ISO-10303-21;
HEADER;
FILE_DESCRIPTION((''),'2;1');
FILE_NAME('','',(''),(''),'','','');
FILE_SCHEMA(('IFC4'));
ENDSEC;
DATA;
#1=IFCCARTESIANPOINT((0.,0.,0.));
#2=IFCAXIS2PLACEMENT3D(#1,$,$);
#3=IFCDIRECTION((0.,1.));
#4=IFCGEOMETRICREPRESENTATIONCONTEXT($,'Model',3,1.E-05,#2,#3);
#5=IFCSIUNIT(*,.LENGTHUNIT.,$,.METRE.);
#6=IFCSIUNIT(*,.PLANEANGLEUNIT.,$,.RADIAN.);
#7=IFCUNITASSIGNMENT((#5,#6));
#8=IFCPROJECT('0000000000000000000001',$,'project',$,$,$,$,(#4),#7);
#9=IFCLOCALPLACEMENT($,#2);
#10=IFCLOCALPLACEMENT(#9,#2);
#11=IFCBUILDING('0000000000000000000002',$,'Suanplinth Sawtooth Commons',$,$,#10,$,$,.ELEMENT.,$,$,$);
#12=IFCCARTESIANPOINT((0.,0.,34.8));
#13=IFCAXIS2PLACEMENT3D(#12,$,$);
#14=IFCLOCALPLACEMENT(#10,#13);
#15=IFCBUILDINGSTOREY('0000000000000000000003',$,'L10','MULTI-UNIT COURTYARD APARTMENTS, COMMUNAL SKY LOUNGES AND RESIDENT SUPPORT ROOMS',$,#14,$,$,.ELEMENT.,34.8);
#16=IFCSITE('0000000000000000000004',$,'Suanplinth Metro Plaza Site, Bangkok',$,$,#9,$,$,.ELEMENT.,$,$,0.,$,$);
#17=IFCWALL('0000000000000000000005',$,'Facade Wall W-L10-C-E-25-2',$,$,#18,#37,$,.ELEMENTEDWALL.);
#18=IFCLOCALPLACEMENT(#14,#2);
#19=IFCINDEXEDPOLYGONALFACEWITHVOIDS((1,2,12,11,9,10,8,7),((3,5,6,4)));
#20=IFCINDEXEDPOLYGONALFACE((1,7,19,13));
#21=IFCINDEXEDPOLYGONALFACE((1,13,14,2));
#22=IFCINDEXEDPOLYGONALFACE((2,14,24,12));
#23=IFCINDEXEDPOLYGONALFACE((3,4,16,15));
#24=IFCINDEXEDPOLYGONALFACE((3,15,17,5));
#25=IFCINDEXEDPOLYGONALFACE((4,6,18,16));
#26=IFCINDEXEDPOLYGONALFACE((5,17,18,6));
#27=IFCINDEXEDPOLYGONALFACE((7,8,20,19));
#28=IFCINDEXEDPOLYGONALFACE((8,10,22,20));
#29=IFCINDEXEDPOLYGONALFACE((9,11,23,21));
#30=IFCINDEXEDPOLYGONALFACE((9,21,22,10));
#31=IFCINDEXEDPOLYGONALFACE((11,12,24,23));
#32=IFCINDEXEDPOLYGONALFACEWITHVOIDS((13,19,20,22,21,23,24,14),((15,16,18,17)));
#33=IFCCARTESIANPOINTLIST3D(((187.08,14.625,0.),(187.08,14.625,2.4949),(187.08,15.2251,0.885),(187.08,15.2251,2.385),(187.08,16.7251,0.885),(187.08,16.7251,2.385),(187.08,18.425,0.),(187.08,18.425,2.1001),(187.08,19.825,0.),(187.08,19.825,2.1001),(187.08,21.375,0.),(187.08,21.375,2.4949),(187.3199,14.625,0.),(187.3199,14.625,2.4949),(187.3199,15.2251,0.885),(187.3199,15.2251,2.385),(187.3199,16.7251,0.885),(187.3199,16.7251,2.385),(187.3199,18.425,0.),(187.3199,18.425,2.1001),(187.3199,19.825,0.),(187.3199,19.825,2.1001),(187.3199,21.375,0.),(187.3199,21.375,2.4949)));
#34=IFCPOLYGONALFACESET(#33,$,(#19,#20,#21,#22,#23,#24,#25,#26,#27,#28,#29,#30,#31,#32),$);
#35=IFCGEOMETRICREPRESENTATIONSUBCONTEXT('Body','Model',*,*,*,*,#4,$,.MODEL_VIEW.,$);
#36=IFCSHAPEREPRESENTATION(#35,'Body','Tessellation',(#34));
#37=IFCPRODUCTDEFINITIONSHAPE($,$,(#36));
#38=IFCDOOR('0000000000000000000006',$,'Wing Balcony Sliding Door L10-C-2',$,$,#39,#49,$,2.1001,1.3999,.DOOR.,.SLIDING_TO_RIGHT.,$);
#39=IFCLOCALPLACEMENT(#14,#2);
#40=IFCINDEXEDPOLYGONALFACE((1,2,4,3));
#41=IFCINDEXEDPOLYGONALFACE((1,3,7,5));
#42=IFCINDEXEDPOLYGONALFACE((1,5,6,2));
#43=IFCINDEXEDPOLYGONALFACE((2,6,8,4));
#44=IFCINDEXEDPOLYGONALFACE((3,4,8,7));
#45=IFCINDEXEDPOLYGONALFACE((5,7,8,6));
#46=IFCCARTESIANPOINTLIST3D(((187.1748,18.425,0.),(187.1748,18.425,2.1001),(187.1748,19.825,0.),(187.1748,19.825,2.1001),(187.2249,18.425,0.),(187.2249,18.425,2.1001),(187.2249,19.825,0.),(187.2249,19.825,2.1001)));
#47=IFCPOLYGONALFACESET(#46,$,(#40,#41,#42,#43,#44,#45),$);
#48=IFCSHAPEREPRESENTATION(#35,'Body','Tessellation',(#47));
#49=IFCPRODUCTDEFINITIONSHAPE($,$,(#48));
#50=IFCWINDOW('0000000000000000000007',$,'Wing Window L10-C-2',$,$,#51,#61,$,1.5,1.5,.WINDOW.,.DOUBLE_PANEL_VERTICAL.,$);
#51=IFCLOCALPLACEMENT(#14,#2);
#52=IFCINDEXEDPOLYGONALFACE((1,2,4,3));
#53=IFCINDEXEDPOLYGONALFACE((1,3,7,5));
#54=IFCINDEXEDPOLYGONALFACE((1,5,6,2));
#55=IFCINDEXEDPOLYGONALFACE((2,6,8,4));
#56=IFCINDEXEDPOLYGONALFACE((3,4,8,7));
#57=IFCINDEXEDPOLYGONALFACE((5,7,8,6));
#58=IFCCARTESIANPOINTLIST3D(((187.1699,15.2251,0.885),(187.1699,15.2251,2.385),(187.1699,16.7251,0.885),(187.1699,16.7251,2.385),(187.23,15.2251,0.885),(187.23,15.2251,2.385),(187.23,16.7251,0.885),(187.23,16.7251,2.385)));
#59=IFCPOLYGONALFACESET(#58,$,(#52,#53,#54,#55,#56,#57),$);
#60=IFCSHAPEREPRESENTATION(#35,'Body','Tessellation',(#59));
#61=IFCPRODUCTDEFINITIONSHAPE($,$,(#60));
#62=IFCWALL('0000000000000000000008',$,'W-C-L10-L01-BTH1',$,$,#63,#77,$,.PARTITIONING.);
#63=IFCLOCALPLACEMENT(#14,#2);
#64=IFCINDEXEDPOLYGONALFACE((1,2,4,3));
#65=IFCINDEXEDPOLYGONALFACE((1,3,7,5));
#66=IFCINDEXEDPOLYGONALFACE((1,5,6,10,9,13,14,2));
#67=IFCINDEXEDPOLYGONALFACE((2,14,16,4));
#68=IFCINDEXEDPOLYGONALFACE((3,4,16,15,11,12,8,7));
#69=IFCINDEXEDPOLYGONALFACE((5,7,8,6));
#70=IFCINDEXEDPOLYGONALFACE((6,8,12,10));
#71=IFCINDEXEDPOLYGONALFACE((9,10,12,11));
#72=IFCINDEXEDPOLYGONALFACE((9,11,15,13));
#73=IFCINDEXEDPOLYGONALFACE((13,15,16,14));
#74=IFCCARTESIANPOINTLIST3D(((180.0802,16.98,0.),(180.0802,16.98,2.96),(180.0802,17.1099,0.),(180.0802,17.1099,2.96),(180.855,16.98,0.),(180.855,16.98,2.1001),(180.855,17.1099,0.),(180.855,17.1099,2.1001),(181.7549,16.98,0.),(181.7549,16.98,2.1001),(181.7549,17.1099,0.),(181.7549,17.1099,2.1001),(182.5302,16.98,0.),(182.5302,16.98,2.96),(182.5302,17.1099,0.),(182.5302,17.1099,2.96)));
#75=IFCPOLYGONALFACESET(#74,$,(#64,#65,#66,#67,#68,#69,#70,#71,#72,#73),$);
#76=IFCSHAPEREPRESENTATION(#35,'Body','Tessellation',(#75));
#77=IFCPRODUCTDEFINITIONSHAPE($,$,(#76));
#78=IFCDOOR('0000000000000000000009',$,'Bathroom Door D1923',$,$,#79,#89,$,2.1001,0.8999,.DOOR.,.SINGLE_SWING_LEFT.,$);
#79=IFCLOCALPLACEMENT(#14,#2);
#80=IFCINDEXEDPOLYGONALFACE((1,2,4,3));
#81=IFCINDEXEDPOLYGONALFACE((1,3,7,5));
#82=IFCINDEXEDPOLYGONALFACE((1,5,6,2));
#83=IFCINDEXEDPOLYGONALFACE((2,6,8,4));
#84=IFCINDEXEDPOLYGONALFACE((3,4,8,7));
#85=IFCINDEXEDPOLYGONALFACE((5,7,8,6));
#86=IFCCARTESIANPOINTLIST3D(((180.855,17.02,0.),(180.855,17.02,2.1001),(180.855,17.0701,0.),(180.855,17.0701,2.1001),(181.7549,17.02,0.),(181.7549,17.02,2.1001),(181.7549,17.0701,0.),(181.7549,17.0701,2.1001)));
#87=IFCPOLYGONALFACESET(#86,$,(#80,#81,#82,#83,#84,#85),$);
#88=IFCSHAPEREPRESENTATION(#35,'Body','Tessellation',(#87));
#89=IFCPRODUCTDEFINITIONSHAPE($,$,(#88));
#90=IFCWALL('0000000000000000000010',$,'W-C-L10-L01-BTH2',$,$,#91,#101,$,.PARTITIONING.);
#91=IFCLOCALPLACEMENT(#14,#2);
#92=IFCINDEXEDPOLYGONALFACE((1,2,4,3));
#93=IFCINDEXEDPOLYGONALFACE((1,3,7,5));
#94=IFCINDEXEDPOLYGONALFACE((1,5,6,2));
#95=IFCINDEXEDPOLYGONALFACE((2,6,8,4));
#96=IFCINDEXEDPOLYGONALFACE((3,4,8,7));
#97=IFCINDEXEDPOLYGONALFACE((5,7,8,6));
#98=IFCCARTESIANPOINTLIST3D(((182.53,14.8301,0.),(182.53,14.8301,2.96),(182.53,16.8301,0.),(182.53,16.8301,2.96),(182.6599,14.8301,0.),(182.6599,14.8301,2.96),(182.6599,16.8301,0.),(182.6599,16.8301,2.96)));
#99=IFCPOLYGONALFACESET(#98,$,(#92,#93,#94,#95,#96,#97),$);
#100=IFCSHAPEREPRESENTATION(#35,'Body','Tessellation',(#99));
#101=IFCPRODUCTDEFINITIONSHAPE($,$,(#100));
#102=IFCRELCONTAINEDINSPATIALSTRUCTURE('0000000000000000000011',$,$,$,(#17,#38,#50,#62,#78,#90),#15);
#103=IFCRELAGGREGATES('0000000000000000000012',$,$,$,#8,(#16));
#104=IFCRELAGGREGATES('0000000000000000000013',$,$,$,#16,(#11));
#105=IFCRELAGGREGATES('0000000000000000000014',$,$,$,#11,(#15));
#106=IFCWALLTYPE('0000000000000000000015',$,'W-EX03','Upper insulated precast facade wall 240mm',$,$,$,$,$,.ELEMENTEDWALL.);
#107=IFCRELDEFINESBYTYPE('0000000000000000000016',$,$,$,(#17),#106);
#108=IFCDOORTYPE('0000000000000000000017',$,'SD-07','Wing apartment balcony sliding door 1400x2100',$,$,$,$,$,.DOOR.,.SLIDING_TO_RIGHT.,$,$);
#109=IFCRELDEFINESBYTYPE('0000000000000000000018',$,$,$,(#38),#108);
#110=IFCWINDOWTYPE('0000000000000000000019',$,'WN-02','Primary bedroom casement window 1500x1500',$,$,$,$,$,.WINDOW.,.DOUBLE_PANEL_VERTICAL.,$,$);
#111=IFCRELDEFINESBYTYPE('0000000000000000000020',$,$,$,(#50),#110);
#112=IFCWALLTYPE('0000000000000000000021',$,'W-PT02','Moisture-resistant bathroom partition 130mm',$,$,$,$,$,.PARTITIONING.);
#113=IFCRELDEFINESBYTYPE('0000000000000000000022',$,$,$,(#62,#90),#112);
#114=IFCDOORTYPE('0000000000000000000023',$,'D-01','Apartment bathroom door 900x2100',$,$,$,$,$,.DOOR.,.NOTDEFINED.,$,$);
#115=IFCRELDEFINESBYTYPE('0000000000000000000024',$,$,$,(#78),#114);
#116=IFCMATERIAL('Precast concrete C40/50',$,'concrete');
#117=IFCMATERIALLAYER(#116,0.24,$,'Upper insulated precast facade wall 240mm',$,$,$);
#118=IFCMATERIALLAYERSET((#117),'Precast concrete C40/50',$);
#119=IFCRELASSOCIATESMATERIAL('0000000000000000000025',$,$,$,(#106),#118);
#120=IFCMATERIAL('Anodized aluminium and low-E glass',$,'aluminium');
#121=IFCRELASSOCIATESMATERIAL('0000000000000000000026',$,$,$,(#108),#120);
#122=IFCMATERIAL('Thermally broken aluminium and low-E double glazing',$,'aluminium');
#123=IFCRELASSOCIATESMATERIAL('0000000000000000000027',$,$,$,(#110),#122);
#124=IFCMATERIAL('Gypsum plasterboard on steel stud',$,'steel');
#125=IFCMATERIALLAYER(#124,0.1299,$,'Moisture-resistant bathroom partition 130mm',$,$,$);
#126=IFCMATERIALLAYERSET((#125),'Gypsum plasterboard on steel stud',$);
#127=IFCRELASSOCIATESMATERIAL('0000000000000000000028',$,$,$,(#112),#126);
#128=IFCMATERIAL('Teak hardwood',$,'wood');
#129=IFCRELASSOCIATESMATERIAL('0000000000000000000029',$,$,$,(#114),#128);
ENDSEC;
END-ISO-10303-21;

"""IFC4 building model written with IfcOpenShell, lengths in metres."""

from ifc_helpers import new_model, si_unit, direction, frame, frame_2d, origin, place, context, subcontext, project, spatial, rectangle, extrude, material, layer, layer_set, type_object, element, fill, save


model = new_model("IFC4")

# Units and contexts
model_context = context("Model", 3, precision=1e-05, world=origin(), true_north=direction((0.0, 1.0)))
body_context = subcontext(model_context, "Body", "Model", "MODEL_VIEW")
ifc_project = project(units=[si_unit("LENGTHUNIT", "METRE"), si_unit("PLANEANGLEUNIT", "RADIAN")], contexts=[model_context])

# Site, building, storey
site_placement = place(None, origin())
site = spatial("IfcSite", under=ifc_project, at=site_placement, Name="Suanplinth Metro Plaza Site, Bangkok", CompositionType="ELEMENT", RefElevation=0.0)
building_placement = place(site_placement, origin())
building = spatial("IfcBuilding", under=site, at=building_placement, Name="Suanplinth Sawtooth Commons", CompositionType="ELEMENT")
storey_placement = place(building_placement, frame((0.0, 0.0, 34.8)))
storey = spatial("IfcBuildingStorey", under=building, at=storey_placement, Name="L10", Description="MULTI-UNIT COURTYARD APARTMENTS, COMMUNAL SKY LOUNGES AND RESIDENT SUPPORT ROOMS", CompositionType="ELEMENT", Elevation=34.8)

# Shared definitions
ifc_material_1 = material(Name="Precast concrete C40/50", Category="concrete")

# Shared definitions
ifc_layer_1 = layer(ifc_material_1, 0.24, Name="Upper insulated precast facade wall 240mm")
ifc_layer_set_1 = layer_set([ifc_layer_1], Name="Precast concrete C40/50")
wall_type_1 = type_object("IfcWallType", Name="W-EX03", Description="Upper insulated precast facade wall 240mm", PredefinedType="ELEMENTEDWALL", material=ifc_layer_set_1)
ifc_material_2 = material(Name="Anodized aluminium and low-E glass", Category="aluminium")
door_type_1 = type_object("IfcDoorType", Name="SD-07", Description="Wing apartment balcony sliding door 1400x2100", OperationType="SLIDING_TO_RIGHT", PredefinedType="DOOR", material=ifc_material_2)

# Wall, openings, door, window
wall_1_placement = place(storey_placement, frame((187.2, 14.625, 0.0), z_axis=(0.0, 0.0, 1.0), x_axis=(0.0, 1.0, 0.0)))
wall_1 = element("IfcWall", 1, at=wall_1_placement, inside=storey, type_object=wall_type_1, Name="Facade Wall W-L10-C-E-25-2", PredefinedType="ELEMENTEDWALL", context=body_context, shape_type="SweptSolid", body=[
    extrude(rectangle(XDim=6.75, YDim=0.24, at=frame_2d((3.375, 0.0))), origin(), (0.0, 0.0, 1.0), 2.4949),
])
opening_1_placement = place(wall_1_placement, frame((3.8, 0.0, 0.0)))
opening_1 = element("IfcOpeningElement", 2, at=opening_1_placement, cuts=wall_1, PredefinedType="OPENING", context=body_context, shape_type="SweptSolid", body=[
    extrude(rectangle(XDim=1.3999, YDim=2.1001, at=frame_2d((0.7, 1.05))), frame((0.0, 0.1348, 0.0), z_axis=(0.0, -1.0, 0.0), x_axis=(1.0, 0.0, 0.0)), (0.0, 0.0, 1.0), 0.2698),
])
opening_2_placement = place(wall_1_placement, frame((0.6001, 0.0, 0.885)))
opening_2 = element("IfcOpeningElement", 3, at=opening_2_placement, cuts=wall_1, PredefinedType="OPENING", context=body_context, shape_type="SweptSolid", body=[
    extrude(rectangle(XDim=1.5, YDim=1.5, at=frame_2d((0.75, 0.75))), frame((0.0, 0.1348, 0.0), z_axis=(0.0, -1.0, 0.0), x_axis=(1.0, 0.0, 0.0)), (0.0, 0.0, 1.0), 0.2698),
])
door_1_placement = place(opening_1_placement, frame((1.3999, 0.0, 0.0), z_axis=(0.0, 0.0, 1.0), x_axis=(-1.0, 0.0, 0.0)))
door_1 = element("IfcDoor", 4, at=door_1_placement, inside=storey, type_object=door_type_1, Name="Wing Balcony Sliding Door L10-C-2", OperationType="SLIDING_TO_RIGHT", OverallHeight=2.1001, OverallWidth=1.3999, PredefinedType="DOOR", context=body_context, shape_type="SweptSolid", body=[
    extrude(rectangle(XDim=1.3999, YDim=2.1001, at=frame_2d((0.7, 1.05))), frame((0.0, 0.0249, 0.0), z_axis=(0.0, -1.0, 0.0), x_axis=(1.0, 0.0, 0.0)), (0.0, 0.0, 1.0), 0.05),
])
fill(opening_1, door_1)
ifc_material_3 = material(Name="Thermally broken aluminium and low-E double glazing", Category="aluminium")
window_type = type_object("IfcWindowType", Name="WN-02", Description="Primary bedroom casement window 1500x1500", PartitioningType="DOUBLE_PANEL_VERTICAL", PredefinedType="WINDOW", material=ifc_material_3)
window_placement = place(opening_2_placement, origin())
window = element("IfcWindow", 5, at=window_placement, inside=storey, type_object=window_type, Name="Wing Window L10-C-2", OverallHeight=1.5, OverallWidth=1.5, PartitioningType="DOUBLE_PANEL_VERTICAL", PredefinedType="WINDOW", context=body_context, shape_type="SweptSolid", body=[
    extrude(rectangle(XDim=1.5, YDim=1.5, at=frame_2d((0.75, 0.75))), frame((0.0, 0.03, 0.0), z_axis=(0.0, -1.0, 0.0), x_axis=(1.0, 0.0, 0.0)), (0.0, 0.0, 1.0), 0.0601),
])
fill(opening_2, window)

# Wall, opening, door
ifc_material_4 = material(Name="Gypsum plasterboard on steel stud", Category="steel")
ifc_layer_2 = layer(ifc_material_4, 0.1299, Name="Moisture-resistant bathroom partition 130mm")
ifc_layer_set_2 = layer_set([ifc_layer_2], Name="Gypsum plasterboard on steel stud")
wall_type_2 = type_object("IfcWallType", Name="W-PT02", Description="Moisture-resistant bathroom partition 130mm", PredefinedType="PARTITIONING", material=ifc_layer_set_2)
wall_2_placement = place(storey_placement, frame((180.0801, 17.0449, 0.0), z_axis=(0.0, 0.0, 1.0), x_axis=(1.0, 0.0, 0.0)))
wall_2 = element("IfcWall", 6, at=wall_2_placement, inside=storey, type_object=wall_type_2, Name="W-C-L10-L01-BTH1", PredefinedType="PARTITIONING", context=body_context, shape_type="SweptSolid", body=[
    extrude(rectangle(XDim=2.45, YDim=0.1299, at=frame_2d((1.2251, 0.0))), origin(), (0.0, 0.0, 1.0), 2.96),
])
opening_3_placement = place(wall_2_placement, frame((0.7749, 0.0, 0.0)))
opening_3 = element("IfcOpeningElement", 7, at=opening_3_placement, cuts=wall_2, PredefinedType="OPENING", context=body_context, shape_type="SweptSolid", body=[
    extrude(rectangle(XDim=0.8999, YDim=2.1001, at=frame_2d((0.45, 1.05))), frame((0.0, 0.0798, 0.0), z_axis=(0.0, -1.0, 0.0), x_axis=(1.0, 0.0, 0.0)), (0.0, 0.0, 1.0), 0.1597),
])
ifc_material_5 = material(Name="Teak hardwood", Category="wood")
door_type_2 = type_object("IfcDoorType", Name="D-01", Description="Apartment bathroom door 900x2100", OperationType="NOTDEFINED", PredefinedType="DOOR", material=ifc_material_5)
door_2_placement = place(opening_3_placement, frame((0.8999, 0.0, 0.0), z_axis=(0.0, 0.0, 1.0), x_axis=(-1.0, 0.0, 0.0)))
door_2 = element("IfcDoor", 8, at=door_2_placement, inside=storey, type_object=door_type_2, Name="Bathroom Door D1923", OperationType="SINGLE_SWING_LEFT", OverallHeight=2.1001, OverallWidth=0.8999, PredefinedType="DOOR", context=body_context, shape_type="SweptSolid", body=[
    extrude(rectangle(XDim=0.8999, YDim=2.1001, at=frame_2d((0.45, 1.05))), frame((0.0, 0.0249, 0.0), z_axis=(0.0, -1.0, 0.0), x_axis=(1.0, 0.0, 0.0)), (0.0, 0.0, 1.0), 0.05),
])
fill(opening_3, door_2)

# Wall
wall_3_placement = place(storey_placement, frame((182.595, 14.8301, 0.0), z_axis=(0.0, 0.0, 1.0), x_axis=(0.0, 1.0, 0.0)))
element("IfcWall", 9, at=wall_3_placement, inside=storey, type_object=wall_type_2, Name="W-C-L10-L01-BTH2", PredefinedType="PARTITIONING", context=body_context, shape_type="SweptSolid", body=[
    extrude(rectangle(XDim=2.0, YDim=0.1299, at=frame_2d((1.0, 0.0))), origin(), (0.0, 0.0, 1.0), 2.96),
])

save(model, "model.ifc")
